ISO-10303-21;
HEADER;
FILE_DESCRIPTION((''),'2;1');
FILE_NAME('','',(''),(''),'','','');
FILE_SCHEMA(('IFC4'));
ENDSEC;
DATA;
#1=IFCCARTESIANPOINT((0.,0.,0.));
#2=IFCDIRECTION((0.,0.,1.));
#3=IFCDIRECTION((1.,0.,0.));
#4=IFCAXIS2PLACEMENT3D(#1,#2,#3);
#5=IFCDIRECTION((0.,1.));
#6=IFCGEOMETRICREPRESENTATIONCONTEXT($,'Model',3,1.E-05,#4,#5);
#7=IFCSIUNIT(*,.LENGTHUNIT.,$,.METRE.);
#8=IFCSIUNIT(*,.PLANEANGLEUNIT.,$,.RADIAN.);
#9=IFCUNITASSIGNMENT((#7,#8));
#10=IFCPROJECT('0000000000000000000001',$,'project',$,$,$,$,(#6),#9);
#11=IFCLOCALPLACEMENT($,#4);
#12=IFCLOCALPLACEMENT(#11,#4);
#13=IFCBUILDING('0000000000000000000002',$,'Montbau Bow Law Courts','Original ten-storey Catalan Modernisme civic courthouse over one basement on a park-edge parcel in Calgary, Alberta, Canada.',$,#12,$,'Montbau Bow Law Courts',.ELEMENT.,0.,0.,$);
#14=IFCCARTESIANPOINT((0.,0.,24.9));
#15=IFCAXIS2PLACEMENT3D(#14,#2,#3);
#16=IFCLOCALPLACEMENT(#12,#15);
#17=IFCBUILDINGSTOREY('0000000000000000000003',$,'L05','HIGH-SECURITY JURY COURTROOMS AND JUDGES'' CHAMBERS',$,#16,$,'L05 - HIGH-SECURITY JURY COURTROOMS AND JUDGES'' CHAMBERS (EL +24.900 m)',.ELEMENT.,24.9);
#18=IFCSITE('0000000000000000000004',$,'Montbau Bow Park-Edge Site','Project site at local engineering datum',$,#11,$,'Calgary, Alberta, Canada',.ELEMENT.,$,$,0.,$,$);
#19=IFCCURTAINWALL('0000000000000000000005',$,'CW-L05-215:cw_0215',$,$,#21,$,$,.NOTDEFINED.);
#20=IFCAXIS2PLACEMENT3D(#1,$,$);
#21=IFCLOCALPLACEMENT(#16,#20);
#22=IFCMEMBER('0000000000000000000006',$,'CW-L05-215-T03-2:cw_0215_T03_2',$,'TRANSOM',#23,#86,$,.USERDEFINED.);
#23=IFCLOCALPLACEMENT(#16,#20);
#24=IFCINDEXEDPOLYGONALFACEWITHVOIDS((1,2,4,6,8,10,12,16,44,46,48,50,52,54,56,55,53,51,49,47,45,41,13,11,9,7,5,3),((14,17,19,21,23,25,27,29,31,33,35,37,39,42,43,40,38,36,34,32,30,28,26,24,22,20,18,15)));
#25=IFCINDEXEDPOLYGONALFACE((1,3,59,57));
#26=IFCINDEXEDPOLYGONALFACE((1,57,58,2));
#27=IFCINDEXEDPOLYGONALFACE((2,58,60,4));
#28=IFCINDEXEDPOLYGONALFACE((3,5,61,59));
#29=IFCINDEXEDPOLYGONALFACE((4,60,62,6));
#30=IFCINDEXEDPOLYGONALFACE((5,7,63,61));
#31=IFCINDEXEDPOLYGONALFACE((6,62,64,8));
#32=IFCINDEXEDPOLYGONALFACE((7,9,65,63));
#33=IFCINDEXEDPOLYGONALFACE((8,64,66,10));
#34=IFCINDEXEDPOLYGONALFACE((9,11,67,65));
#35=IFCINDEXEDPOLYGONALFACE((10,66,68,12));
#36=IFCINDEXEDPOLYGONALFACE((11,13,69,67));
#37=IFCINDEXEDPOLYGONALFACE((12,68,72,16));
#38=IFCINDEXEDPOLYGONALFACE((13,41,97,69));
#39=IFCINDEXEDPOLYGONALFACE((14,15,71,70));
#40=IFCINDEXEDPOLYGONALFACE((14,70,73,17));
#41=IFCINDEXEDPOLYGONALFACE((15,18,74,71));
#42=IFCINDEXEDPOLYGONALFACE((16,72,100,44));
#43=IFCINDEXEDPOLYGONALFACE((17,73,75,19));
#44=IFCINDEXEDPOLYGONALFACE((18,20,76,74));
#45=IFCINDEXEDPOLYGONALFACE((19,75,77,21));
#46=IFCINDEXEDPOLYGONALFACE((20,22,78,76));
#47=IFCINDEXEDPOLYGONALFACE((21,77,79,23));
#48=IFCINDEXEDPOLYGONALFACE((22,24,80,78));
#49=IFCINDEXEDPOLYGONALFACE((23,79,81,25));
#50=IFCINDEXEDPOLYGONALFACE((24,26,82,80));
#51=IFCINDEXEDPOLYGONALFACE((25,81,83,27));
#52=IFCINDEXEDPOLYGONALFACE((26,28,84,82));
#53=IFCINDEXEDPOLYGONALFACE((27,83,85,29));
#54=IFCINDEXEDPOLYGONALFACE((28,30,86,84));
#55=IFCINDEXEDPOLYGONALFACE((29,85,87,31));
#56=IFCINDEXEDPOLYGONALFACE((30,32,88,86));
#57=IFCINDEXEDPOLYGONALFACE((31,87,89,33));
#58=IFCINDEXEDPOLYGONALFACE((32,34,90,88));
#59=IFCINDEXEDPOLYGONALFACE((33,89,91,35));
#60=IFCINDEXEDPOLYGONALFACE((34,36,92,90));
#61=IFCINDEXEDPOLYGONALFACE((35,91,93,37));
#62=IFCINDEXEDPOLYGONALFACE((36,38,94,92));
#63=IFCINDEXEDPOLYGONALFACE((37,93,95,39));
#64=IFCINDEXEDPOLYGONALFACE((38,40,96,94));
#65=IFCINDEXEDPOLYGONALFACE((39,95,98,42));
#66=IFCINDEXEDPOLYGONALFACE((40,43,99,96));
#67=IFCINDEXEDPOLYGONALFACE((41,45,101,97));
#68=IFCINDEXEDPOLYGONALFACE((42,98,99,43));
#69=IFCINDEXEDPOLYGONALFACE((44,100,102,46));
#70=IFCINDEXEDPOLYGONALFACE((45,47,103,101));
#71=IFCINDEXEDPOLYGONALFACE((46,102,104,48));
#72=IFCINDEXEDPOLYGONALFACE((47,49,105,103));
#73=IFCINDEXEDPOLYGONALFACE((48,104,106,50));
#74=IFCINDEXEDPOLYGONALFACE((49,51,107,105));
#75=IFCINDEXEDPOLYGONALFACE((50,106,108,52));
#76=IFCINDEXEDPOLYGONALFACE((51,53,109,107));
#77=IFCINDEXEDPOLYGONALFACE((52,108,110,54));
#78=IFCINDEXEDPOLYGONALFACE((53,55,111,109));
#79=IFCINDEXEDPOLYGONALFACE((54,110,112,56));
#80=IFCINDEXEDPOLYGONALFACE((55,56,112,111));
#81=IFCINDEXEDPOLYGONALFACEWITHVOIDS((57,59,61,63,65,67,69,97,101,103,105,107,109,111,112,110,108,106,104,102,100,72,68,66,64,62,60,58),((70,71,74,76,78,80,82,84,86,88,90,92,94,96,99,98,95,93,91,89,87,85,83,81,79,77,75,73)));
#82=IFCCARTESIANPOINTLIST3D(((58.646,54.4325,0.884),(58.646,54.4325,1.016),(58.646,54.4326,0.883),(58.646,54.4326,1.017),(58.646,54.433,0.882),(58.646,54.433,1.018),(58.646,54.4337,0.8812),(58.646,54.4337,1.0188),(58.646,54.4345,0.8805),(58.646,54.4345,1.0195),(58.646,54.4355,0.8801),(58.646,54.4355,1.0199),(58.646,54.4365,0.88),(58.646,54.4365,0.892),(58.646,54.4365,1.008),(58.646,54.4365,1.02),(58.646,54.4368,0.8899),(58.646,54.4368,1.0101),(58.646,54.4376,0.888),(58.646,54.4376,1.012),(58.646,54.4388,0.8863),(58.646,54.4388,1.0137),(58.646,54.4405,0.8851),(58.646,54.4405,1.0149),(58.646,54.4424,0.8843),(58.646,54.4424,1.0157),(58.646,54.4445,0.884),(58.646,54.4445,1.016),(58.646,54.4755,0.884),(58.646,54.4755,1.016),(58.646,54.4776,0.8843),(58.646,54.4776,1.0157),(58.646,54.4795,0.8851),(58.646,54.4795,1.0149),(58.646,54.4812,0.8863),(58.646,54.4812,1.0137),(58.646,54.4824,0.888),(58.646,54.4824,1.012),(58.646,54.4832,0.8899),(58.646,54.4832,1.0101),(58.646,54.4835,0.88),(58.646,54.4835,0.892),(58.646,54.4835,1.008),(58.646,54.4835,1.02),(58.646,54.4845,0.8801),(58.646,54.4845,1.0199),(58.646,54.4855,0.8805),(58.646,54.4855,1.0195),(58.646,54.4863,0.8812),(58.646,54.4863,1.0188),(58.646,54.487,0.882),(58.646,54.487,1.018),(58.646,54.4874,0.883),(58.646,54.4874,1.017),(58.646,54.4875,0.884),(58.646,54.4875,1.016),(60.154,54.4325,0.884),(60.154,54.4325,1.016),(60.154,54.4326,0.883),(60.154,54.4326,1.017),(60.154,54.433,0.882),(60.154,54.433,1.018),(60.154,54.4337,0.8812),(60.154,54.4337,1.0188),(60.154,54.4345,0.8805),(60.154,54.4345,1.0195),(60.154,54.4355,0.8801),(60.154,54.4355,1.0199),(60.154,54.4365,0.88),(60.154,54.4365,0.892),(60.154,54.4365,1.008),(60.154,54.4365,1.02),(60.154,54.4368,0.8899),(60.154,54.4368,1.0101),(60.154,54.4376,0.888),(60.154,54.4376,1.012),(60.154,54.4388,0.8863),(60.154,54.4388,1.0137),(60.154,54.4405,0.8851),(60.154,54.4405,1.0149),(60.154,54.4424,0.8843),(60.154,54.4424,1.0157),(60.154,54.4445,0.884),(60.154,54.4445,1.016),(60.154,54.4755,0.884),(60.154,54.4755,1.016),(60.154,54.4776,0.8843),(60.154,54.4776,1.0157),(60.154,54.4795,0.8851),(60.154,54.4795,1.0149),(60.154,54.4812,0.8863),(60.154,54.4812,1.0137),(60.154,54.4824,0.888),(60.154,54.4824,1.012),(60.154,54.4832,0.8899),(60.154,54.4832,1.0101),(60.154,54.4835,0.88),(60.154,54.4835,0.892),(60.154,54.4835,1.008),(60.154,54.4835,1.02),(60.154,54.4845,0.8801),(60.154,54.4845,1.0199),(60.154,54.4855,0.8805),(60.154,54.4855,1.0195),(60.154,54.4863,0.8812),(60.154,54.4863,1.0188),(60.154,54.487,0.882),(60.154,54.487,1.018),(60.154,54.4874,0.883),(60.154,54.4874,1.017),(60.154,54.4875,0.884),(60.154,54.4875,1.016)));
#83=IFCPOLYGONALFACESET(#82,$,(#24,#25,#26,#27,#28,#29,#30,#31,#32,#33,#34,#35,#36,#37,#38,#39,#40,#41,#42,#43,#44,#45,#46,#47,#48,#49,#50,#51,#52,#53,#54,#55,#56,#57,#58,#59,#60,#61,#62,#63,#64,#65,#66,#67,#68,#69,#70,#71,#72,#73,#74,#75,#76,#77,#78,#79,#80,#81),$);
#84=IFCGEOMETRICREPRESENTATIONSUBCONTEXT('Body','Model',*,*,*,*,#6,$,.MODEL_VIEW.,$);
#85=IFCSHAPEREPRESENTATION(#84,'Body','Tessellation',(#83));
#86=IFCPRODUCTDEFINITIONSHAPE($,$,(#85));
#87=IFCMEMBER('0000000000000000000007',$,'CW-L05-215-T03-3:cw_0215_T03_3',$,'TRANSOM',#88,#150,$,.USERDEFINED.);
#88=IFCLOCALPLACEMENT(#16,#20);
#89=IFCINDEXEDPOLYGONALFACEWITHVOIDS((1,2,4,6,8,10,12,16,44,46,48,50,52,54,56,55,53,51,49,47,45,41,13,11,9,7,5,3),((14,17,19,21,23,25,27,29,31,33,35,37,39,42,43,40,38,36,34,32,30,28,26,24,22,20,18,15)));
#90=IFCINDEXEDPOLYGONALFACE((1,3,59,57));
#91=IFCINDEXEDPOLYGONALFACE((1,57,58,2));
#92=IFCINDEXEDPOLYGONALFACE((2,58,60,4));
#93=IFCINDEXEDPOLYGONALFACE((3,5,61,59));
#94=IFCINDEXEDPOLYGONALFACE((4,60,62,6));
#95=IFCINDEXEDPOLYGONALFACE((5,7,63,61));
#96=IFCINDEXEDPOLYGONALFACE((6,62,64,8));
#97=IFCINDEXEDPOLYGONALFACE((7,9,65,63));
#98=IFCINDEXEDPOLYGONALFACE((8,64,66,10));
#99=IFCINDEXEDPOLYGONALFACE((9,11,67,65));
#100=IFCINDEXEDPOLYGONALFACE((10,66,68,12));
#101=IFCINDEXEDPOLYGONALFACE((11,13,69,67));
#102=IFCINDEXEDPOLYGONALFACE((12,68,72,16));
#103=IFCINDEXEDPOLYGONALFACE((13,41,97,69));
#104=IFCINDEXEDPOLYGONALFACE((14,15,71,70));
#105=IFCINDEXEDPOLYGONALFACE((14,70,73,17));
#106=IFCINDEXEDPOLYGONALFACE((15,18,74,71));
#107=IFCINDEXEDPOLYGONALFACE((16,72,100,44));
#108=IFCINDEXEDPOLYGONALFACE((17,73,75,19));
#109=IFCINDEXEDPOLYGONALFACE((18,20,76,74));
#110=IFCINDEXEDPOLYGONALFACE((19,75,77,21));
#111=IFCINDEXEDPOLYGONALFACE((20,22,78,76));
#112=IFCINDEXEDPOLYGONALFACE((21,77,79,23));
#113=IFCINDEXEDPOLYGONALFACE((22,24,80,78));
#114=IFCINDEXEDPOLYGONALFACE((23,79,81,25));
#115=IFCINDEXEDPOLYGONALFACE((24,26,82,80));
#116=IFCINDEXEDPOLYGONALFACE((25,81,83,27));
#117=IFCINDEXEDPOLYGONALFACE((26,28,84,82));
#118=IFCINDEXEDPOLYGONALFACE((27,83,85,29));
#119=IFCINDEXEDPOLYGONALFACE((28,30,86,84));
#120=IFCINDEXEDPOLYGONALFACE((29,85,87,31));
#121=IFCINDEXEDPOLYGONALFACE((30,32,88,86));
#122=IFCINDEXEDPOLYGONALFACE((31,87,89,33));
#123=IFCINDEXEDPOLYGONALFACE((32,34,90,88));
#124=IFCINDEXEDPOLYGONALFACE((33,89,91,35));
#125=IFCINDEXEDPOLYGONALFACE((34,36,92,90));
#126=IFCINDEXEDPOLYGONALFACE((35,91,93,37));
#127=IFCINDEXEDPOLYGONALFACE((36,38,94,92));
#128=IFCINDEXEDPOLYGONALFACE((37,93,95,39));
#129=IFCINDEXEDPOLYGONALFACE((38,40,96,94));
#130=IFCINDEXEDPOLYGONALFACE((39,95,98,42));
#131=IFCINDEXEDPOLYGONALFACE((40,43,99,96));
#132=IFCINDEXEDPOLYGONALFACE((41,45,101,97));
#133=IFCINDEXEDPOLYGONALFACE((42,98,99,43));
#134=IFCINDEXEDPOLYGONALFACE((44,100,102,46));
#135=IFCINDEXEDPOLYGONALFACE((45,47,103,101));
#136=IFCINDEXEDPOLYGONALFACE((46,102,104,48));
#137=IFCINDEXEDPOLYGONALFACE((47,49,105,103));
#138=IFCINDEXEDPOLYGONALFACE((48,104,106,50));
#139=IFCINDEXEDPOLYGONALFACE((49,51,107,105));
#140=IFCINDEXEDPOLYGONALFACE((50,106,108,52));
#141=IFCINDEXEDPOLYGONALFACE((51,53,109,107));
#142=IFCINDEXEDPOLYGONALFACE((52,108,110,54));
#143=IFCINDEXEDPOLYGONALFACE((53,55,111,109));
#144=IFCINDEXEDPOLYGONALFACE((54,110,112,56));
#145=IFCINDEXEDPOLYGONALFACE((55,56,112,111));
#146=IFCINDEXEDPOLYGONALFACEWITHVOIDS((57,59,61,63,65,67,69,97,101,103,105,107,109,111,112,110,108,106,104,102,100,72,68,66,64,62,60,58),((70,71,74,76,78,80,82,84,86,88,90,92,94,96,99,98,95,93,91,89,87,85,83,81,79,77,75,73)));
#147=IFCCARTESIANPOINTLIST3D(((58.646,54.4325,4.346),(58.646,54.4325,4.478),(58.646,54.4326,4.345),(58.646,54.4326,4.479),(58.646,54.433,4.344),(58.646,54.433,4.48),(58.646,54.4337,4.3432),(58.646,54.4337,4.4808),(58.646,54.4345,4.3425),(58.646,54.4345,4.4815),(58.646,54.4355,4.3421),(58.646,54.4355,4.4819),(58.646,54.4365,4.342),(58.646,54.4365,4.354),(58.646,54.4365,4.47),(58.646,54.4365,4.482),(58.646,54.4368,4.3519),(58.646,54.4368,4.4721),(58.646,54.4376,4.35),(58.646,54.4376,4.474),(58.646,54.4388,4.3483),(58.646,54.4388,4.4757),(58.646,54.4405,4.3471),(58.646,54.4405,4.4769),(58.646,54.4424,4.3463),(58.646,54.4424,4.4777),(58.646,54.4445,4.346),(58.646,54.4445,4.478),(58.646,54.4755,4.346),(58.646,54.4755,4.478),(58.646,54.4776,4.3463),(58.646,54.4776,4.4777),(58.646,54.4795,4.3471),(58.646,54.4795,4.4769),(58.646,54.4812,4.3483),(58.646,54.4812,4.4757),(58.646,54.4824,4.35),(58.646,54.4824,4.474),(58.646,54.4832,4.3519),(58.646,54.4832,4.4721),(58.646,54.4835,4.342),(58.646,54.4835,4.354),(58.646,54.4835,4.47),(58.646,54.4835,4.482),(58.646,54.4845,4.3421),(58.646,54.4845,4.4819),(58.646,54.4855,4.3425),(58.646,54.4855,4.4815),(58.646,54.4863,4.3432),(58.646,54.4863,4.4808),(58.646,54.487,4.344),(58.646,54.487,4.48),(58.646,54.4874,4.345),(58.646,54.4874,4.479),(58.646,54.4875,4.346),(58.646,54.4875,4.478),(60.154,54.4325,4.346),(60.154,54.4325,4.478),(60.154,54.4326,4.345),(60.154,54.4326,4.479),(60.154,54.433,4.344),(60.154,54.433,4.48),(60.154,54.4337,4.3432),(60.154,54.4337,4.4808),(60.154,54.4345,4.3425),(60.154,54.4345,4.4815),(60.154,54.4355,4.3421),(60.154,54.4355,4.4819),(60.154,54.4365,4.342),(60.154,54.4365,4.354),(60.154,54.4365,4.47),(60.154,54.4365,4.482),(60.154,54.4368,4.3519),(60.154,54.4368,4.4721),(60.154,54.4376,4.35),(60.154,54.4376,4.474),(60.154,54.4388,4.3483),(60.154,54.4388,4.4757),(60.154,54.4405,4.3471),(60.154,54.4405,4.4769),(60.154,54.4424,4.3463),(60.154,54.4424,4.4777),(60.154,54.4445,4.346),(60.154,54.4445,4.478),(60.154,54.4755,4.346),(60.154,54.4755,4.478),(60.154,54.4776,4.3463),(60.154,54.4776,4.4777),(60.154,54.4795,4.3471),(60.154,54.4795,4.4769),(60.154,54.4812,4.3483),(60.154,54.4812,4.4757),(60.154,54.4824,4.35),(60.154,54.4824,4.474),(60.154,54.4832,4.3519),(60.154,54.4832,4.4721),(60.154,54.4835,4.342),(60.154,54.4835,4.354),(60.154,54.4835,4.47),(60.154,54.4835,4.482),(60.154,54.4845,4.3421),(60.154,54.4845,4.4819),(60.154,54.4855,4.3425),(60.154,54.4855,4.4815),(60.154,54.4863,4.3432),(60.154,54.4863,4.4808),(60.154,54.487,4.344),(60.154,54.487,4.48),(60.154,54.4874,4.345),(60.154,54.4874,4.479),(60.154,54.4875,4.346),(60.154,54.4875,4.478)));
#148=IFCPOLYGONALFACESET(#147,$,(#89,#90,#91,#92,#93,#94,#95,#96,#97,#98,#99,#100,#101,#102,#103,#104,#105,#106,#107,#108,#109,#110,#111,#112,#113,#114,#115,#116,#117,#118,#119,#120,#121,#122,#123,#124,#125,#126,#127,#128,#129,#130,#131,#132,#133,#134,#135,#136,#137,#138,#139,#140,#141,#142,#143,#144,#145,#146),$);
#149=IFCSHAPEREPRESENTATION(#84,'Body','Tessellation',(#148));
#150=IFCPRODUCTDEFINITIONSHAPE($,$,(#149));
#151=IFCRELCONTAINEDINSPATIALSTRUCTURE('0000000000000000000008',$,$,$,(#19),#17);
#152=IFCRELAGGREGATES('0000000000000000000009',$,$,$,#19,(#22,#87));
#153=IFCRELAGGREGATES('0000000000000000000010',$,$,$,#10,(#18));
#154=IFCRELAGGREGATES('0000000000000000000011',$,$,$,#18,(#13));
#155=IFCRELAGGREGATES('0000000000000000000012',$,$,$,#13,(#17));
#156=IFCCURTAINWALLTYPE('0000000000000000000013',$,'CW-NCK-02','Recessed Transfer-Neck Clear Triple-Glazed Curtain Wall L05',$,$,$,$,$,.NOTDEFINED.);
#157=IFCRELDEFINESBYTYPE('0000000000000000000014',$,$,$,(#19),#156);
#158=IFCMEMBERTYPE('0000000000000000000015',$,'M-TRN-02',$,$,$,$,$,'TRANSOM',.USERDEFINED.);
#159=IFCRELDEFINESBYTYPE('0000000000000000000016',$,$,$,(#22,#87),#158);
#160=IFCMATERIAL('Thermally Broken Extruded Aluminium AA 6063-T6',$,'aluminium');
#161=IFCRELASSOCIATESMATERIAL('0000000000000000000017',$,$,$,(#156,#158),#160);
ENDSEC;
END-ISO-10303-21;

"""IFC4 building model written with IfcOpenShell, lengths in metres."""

from ifc_helpers import new_model, si_unit, direction, frame, origin_with_axes, origin_2d_with_axis, place, context, subcontext, project, spatial, hollow_rectangle, extrude, material, material_profile, profile_set, type_object, element, aggregate, save


model = new_model("IFC4")

# Units and contexts
model_context = context("Model", 3, precision=1e-05, world=origin_with_axes(), true_north=direction((0.0, 1.0)))
body_context = subcontext(model_context, "Body", "Model", "MODEL_VIEW")
ifc_project = project(units=[si_unit("LENGTHUNIT", "METRE"), si_unit("PLANEANGLEUNIT", "RADIAN")], contexts=[model_context])

# Site, building, storey
site_placement = place(None, origin_with_axes())
site = spatial("IfcSite", under=ifc_project, at=site_placement, Name="Montbau Bow Park-Edge Site", Description="Project site at local engineering datum", LongName="Calgary, Alberta, Canada", CompositionType="ELEMENT", RefElevation=0.0)
building_placement = place(site_placement, origin_with_axes())
building = spatial("IfcBuilding", under=site, at=building_placement, Name="Montbau Bow Law Courts", Description="Original ten-storey Catalan Modernisme civic courthouse over one basement on a park-edge parcel in Calgary, Alberta, Canada.", LongName="Montbau Bow Law Courts", CompositionType="ELEMENT", ElevationOfRefHeight=0.0, ElevationOfTerrain=0.0)
storey_placement = place(building_placement, frame((0.0, 0.0, 24.9), z_axis=(0.0, 0.0, 1.0), x_axis=(1.0, 0.0, 0.0)))
storey = spatial("IfcBuildingStorey", under=building, at=storey_placement, Name="L05", Description="HIGH-SECURITY JURY COURTROOMS AND JUDGES' CHAMBERS", LongName="L05 - HIGH-SECURITY JURY COURTROOMS AND JUDGES' CHAMBERS (EL +24.900 m)", CompositionType="ELEMENT", Elevation=24.9)

# Curtain wall, members
ifc_material_1 = material(Name="Thermally Broken Extruded Aluminium AA 6063-T6", Category="aluminium")
curtain_wall_type = type_object("IfcCurtainWallType", Name="CW-NCK-02", Description="Recessed Transfer-Neck Clear Triple-Glazed Curtain Wall L05", PredefinedType="NOTDEFINED", material=ifc_material_1)
curtain_wall_placement = place(None, frame((55.468, 54.46, 24.9), z_axis=(0.0, 0.0, 1.0), x_axis=(1.0, 0.0, 0.0)))
curtain_wall = element("IfcCurtainWall", 1, at=curtain_wall_placement, inside=storey, type_object=curtain_wall_type, Name="CW-L05-215:cw_0215", PredefinedType="NOTDEFINED")
ifc_material_profile_1 = material_profile(ifc_material_1, hollow_rectangle(XDim=0.055, YDim=0.14, WallThickness=0.004, InnerFilletRadius=0.008, OuterFilletRadius=0.004, at=origin_2d_with_axis()), Name="CWT-140X55", Category="Main", Priority=0)
ifc_profile_set_1 = profile_set([ifc_material_profile_1], Name="Thermally Broken Extruded Aluminium AA 6063-T6")
member_type_1 = type_object("IfcMemberType", Name="M-TRN-02", ElementType="TRANSOM", PredefinedType="USERDEFINED", material=ifc_profile_set_1)
member_1_placement = place(None, frame((58.646, 54.46, 25.85), z_axis=(1.0, 0.0, 0.0), x_axis=(0.0, 1.0, 0.0)))
member_1 = element("IfcMember", 2, at=member_1_placement, type_object=member_type_1, Name="CW-L05-215-T03-2:cw_0215_T03_2", ObjectType="TRANSOM", PredefinedType="USERDEFINED", context=body_context, shape_type="SweptSolid", body=[
    extrude(hollow_rectangle(XDim=0.055, YDim=0.14, WallThickness=0.004, InnerFilletRadius=0.008, OuterFilletRadius=0.004, at=origin_2d_with_axis()), origin_with_axes(), (0.0, 0.0, 1.0), 1.508),
])
member_2_placement = place(None, frame((58.646, 54.46, 29.312), z_axis=(1.0, 0.0, 0.0), x_axis=(0.0, 1.0, 0.0)))
member_2 = element("IfcMember", 3, at=member_2_placement, type_object=member_type_1, Name="CW-L05-215-T03-3:cw_0215_T03_3", ObjectType="TRANSOM", PredefinedType="USERDEFINED", context=body_context, shape_type="SweptSolid", body=[
    extrude(hollow_rectangle(XDim=0.055, YDim=0.14, WallThickness=0.004, InnerFilletRadius=0.008, OuterFilletRadius=0.004, at=origin_2d_with_axis()), origin_with_axes(), (0.0, 0.0, 1.0), 1.508),
])
aggregate(curtain_wall, [member_1, member_2])

save(model, "model.ifc")
